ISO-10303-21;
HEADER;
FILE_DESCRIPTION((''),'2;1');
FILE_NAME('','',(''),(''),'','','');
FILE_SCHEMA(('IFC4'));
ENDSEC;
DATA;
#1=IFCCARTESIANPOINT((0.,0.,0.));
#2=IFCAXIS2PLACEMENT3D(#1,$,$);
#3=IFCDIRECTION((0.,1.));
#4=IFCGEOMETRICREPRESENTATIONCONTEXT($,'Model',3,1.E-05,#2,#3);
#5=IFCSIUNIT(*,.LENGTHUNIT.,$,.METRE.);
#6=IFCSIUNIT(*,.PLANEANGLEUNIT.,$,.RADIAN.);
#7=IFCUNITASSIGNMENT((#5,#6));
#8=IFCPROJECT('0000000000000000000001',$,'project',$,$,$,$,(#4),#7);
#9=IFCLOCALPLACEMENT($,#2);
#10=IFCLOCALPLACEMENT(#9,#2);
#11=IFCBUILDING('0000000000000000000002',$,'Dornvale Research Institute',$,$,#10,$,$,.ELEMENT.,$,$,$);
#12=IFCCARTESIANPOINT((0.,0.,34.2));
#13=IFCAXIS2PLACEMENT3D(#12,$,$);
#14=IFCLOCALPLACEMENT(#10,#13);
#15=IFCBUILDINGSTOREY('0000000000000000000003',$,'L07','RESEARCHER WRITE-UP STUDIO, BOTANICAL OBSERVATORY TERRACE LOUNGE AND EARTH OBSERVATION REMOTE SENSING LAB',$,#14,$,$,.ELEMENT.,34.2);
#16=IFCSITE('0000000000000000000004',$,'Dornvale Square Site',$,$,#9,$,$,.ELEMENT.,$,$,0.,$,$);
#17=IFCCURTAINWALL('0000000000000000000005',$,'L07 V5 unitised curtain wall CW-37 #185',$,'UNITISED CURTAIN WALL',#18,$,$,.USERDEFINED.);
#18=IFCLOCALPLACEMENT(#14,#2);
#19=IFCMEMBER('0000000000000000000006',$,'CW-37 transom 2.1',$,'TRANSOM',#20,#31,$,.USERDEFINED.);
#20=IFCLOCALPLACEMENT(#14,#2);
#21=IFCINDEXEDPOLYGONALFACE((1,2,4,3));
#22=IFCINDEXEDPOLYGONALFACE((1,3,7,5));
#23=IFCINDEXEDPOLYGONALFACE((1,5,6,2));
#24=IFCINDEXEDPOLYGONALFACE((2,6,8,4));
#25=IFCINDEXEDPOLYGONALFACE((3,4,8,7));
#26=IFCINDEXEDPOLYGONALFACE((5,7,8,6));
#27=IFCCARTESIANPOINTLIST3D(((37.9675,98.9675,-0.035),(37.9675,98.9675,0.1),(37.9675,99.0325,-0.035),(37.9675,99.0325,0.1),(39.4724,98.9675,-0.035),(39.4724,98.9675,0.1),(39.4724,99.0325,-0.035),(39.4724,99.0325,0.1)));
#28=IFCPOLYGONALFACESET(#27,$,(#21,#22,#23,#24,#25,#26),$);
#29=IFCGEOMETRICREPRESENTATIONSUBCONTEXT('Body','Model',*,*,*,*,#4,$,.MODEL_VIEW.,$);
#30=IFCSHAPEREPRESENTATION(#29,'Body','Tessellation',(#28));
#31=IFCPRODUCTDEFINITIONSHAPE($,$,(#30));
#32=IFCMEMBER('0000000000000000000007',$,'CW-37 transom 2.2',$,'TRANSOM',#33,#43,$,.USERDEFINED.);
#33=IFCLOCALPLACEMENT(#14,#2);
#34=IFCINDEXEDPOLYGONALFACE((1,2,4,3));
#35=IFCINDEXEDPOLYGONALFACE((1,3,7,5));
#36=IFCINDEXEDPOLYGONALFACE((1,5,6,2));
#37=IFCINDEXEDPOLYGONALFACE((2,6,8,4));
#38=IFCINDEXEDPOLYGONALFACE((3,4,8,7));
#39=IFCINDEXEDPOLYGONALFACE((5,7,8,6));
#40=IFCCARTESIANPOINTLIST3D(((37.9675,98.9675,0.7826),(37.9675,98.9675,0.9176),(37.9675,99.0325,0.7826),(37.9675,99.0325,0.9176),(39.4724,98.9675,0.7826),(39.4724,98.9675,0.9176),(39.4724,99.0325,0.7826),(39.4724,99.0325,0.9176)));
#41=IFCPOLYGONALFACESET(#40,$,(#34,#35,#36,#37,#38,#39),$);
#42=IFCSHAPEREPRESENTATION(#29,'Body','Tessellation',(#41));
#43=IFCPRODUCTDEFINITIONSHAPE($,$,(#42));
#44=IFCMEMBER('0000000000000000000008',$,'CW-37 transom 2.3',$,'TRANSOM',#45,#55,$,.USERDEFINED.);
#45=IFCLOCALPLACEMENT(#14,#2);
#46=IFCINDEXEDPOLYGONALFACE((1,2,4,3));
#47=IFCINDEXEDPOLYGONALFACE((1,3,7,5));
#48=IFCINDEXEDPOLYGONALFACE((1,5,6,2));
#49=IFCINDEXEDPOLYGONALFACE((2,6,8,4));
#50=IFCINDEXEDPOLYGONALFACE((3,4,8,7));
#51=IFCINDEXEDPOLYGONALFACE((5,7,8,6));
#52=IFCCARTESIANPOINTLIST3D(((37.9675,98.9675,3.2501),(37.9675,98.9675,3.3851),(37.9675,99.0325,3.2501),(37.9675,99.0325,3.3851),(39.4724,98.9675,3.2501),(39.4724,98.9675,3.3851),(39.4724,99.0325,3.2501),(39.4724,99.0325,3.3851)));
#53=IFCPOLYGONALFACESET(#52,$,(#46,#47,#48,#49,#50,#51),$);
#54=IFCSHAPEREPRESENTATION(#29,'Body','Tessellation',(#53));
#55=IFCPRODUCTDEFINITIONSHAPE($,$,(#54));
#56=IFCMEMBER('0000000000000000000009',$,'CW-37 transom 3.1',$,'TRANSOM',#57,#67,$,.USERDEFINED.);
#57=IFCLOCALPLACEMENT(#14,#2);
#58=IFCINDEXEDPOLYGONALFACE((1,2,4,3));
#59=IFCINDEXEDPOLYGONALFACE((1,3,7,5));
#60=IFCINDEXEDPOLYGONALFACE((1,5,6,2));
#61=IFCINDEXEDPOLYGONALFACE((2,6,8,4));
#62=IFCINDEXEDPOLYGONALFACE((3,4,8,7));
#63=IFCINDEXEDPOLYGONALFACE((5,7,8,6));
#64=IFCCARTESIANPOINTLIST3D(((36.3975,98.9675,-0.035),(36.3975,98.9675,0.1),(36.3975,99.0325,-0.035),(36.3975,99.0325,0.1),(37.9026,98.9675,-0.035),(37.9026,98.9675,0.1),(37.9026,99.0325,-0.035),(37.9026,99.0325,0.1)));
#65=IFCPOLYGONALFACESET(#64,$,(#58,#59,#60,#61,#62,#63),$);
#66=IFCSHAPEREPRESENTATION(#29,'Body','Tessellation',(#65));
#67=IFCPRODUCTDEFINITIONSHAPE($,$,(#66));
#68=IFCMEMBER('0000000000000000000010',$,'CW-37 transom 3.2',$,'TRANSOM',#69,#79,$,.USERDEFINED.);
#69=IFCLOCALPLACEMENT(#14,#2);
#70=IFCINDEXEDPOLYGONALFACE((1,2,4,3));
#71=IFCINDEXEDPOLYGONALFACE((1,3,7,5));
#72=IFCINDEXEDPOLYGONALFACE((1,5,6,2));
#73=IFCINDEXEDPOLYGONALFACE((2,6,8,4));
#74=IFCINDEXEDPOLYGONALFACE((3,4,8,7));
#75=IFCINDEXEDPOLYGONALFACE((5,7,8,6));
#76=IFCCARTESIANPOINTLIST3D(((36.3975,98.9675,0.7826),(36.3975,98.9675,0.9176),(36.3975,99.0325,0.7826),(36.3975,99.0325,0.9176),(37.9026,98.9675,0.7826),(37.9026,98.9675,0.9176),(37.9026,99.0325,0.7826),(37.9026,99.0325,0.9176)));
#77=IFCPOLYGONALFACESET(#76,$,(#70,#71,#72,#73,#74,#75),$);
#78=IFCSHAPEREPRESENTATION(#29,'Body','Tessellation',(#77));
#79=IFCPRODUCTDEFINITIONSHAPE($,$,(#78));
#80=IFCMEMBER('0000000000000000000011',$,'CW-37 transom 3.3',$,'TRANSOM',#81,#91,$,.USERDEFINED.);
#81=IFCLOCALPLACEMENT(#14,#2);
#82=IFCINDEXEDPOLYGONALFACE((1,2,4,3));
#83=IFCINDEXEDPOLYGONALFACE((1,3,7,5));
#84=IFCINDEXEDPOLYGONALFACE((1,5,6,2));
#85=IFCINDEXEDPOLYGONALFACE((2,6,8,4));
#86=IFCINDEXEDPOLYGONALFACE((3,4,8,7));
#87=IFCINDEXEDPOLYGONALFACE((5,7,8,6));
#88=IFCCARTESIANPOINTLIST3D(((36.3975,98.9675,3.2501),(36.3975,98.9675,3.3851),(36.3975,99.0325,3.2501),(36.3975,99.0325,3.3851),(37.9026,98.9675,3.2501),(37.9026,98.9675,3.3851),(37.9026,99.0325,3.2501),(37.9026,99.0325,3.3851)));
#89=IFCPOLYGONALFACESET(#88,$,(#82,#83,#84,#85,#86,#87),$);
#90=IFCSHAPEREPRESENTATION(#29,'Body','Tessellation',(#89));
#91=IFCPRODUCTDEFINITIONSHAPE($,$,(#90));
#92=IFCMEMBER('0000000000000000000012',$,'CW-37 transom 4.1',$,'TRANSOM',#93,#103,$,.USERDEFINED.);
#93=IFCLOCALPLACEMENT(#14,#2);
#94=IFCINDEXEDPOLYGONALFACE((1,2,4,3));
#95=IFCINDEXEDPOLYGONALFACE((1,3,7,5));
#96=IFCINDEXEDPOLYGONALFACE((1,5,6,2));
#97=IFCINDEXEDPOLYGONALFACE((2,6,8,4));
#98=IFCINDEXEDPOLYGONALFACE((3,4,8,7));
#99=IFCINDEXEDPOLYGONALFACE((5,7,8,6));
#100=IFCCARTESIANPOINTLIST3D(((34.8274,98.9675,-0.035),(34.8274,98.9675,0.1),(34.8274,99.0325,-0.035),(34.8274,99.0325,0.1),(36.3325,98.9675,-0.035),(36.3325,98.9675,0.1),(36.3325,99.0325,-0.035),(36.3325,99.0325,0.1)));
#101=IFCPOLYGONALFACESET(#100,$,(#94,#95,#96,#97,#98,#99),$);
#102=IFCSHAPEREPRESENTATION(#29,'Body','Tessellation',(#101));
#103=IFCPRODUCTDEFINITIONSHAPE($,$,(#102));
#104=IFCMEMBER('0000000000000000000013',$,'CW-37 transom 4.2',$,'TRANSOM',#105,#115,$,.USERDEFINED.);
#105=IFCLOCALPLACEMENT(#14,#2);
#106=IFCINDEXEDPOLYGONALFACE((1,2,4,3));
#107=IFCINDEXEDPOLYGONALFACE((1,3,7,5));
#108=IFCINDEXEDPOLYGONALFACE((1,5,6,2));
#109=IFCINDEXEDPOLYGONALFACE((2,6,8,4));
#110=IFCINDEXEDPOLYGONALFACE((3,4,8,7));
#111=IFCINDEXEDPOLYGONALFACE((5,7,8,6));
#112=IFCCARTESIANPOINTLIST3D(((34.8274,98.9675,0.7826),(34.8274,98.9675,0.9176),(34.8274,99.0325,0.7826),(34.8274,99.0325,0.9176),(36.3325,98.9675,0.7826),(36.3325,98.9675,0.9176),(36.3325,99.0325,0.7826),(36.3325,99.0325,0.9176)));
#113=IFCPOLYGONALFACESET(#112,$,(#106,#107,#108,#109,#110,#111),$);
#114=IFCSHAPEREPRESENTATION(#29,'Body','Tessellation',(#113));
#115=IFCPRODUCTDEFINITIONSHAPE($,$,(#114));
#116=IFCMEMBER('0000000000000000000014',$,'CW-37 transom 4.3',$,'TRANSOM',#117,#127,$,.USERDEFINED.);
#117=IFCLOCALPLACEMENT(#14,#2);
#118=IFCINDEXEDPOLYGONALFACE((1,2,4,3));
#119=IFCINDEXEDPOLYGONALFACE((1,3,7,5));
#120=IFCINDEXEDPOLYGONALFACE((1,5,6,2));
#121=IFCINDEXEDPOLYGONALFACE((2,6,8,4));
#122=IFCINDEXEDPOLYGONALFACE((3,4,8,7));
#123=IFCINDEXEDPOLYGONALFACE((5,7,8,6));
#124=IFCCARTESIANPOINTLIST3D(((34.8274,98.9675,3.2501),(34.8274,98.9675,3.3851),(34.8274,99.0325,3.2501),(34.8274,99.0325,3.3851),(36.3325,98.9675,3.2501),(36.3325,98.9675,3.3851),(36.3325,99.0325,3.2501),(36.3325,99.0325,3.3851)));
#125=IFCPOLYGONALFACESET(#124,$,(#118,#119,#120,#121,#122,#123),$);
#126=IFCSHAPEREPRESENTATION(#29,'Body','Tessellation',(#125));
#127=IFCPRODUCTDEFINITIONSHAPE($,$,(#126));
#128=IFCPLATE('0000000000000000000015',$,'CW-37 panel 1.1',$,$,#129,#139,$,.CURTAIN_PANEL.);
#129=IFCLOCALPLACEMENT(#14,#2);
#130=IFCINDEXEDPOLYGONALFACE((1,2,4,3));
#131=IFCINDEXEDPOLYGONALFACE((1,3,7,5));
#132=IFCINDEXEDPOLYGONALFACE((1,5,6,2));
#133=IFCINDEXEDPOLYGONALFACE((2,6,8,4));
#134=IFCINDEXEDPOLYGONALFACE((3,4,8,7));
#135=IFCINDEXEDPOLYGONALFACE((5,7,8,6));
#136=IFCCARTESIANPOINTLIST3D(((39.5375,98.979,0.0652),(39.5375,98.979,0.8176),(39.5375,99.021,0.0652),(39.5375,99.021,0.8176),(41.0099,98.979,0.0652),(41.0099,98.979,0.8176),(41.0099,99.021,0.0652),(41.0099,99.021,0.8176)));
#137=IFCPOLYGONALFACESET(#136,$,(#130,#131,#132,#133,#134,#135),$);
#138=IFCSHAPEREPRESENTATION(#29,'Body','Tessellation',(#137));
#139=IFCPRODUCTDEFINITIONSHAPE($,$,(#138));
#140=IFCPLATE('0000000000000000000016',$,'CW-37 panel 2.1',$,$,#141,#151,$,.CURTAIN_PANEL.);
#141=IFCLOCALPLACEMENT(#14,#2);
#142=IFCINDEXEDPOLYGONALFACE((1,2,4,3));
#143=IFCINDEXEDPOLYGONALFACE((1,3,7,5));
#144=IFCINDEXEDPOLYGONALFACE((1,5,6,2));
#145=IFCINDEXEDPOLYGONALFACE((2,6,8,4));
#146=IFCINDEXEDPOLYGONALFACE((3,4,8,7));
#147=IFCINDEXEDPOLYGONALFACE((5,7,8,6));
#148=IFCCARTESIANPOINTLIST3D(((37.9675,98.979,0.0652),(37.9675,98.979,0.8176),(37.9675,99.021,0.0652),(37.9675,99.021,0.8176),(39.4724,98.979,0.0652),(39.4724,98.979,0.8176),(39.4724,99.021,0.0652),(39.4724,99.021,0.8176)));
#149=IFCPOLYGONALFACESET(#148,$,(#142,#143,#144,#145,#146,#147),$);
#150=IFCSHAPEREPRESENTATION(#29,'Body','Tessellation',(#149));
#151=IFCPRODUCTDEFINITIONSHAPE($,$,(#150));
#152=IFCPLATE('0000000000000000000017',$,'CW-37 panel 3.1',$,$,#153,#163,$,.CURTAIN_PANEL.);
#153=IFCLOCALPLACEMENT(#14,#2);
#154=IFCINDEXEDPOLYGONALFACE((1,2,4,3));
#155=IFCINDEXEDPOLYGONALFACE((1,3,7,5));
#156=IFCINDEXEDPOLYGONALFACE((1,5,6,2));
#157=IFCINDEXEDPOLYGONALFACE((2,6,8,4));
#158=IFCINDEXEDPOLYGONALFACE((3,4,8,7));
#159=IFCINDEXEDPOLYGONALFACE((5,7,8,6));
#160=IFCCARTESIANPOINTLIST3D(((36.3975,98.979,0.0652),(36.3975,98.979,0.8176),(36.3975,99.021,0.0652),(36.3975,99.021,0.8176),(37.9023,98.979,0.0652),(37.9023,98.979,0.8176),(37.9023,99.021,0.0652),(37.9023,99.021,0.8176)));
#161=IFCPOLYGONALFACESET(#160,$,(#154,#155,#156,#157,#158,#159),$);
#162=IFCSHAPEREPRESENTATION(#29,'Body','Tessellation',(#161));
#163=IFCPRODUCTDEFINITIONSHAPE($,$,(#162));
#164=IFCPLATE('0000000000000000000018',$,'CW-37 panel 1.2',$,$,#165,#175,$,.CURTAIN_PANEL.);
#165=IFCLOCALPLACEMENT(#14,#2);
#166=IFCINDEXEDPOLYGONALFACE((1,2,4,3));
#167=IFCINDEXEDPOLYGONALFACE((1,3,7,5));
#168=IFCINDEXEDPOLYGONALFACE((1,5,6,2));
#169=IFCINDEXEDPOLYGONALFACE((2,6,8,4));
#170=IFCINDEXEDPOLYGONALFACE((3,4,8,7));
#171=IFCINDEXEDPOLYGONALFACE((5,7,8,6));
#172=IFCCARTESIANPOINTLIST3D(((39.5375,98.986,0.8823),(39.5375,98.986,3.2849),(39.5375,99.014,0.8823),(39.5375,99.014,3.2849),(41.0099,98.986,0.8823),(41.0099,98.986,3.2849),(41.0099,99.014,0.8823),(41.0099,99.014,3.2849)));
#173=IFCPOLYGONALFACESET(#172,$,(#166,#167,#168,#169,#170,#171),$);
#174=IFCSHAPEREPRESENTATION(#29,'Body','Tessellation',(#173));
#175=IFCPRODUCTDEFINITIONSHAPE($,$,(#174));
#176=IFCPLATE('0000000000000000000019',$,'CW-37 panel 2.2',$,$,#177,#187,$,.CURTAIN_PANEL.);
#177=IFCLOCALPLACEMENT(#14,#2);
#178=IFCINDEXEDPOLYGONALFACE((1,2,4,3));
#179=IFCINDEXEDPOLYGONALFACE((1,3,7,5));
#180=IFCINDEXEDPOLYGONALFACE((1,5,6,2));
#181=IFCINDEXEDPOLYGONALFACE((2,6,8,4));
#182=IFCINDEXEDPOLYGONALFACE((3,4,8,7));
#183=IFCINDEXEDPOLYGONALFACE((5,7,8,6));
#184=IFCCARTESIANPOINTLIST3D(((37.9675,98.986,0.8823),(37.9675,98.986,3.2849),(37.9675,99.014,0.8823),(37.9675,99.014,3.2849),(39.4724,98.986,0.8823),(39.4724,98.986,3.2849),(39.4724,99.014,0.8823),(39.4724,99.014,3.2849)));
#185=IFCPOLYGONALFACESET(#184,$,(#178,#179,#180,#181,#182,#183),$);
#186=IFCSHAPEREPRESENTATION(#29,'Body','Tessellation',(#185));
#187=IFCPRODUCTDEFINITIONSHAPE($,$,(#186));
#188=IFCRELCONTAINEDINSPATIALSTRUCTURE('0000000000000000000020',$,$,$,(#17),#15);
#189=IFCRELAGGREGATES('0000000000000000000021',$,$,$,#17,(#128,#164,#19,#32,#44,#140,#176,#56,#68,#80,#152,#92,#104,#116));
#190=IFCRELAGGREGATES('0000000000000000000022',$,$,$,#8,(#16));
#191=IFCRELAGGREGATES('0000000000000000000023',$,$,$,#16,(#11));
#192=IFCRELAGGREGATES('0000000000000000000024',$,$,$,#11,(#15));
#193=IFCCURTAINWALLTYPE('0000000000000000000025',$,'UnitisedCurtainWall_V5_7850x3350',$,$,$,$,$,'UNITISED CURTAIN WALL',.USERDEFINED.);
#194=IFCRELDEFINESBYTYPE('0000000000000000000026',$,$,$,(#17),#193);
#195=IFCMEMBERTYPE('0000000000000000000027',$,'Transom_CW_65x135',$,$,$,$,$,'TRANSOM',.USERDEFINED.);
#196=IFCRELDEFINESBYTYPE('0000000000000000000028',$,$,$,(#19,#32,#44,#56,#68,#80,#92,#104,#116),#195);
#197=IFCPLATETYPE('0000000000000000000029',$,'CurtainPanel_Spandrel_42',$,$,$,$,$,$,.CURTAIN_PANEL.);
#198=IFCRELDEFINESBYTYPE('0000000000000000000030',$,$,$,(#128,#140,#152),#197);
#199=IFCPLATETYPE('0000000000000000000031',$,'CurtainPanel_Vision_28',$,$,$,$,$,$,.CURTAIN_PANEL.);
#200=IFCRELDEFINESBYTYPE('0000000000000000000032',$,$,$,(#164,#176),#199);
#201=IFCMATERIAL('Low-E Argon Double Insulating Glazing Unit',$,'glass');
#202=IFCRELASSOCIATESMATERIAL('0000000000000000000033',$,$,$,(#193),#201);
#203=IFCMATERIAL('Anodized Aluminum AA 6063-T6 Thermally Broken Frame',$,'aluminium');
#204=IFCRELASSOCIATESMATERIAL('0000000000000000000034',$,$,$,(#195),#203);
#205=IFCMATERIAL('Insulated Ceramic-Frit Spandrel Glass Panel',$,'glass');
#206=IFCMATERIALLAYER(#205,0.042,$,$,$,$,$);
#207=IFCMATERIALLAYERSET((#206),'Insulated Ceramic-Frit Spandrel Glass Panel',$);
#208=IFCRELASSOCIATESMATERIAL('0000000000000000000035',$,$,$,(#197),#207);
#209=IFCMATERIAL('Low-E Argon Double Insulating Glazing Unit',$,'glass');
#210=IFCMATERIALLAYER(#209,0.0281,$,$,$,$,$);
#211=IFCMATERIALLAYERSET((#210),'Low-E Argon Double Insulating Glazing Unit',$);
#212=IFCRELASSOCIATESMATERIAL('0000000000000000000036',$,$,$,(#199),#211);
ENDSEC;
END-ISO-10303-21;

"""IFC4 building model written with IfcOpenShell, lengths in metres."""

from ifc_helpers import new_model, si_unit, direction, frame, origin, origin_2d, place, context, subcontext, project, spatial, rectangle, extrude, material, layer, layer_set, material_profile, profile_set, type_object, element, aggregate, save


model = new_model("IFC4")

# Units and contexts
model_context = context("Model", 3, precision=1e-05, world=origin(), true_north=direction((0.0, 1.0)))
body_context = subcontext(model_context, "Body", "Model", "MODEL_VIEW")
ifc_project = project(units=[si_unit("LENGTHUNIT", "METRE"), si_unit("PLANEANGLEUNIT", "RADIAN")], contexts=[model_context])

# Site, building, storey
site_placement = place(None, origin())
site = spatial("IfcSite", under=ifc_project, at=site_placement, Name="Dornvale Square Site", CompositionType="ELEMENT", RefElevation=0.0)
building_placement = place(site_placement, origin())
building = spatial("IfcBuilding", under=site, at=building_placement, Name="Dornvale Research Institute", CompositionType="ELEMENT")
storey_placement = place(building_placement, frame((0.0, 0.0, 34.2)))
storey = spatial("IfcBuildingStorey", under=building, at=storey_placement, Name="L07", Description="RESEARCHER WRITE-UP STUDIO, BOTANICAL OBSERVATORY TERRACE LOUNGE AND EARTH OBSERVATION REMOTE SENSING LAB", CompositionType="ELEMENT", Elevation=34.2)

# Curtain wall
ifc_material_1 = material(Name="Low-E Argon Double Insulating Glazing Unit", Category="glass")
curtain_wall_type = type_object("IfcCurtainWallType", Name="UnitisedCurtainWall_V5_7850x3350", ElementType="UNITISED CURTAIN WALL", PredefinedType="USERDEFINED", material=ifc_material_1)
curtain_wall_placement = place(storey_placement, origin())
curtain_wall = element("IfcCurtainWall", 1, at=curtain_wall_placement, inside=storey, type_object=curtain_wall_type, Name="L07 V5 unitised curtain wall CW-37 #185", ObjectType="UNITISED CURTAIN WALL", PredefinedType="USERDEFINED")

# Members
ifc_material_2 = material(Name="Anodized Aluminum AA 6063-T6 Thermally Broken Frame", Category="aluminium")
ifc_material_profile_1 = material_profile(ifc_material_2, rectangle(XDim=0.0649, YDim=0.135, at=origin_2d()), Name="ALU TRANSOM 65x135")
ifc_profile_set_1 = profile_set([ifc_material_profile_1], Name="Anodized Aluminum AA 6063-T6 Thermally Broken Frame")
member_type_1 = type_object("IfcMemberType", Name="Transom_CW_65x135", ElementType="TRANSOM", PredefinedType="USERDEFINED", material=ifc_profile_set_1)
member_1_placement = place(storey_placement, frame((39.4724, 99.0, 0.0325), z_axis=(-1.0, 0.0, 0.0), x_axis=(0.0, -1.0, 0.0)))
member_1 = element("IfcMember", 2, at=member_1_placement, type_object=member_type_1, Name="CW-37 transom 2.1", ObjectType="TRANSOM", PredefinedType="USERDEFINED", context=body_context, shape_type="SweptSolid", body=[
    extrude(rectangle(XDim=0.0649, YDim=0.135, at=origin_2d()), origin(), (0.0, 0.0, 1.0), 1.5049),
])
member_2_placement = place(storey_placement, frame((39.4724, 99.0, 0.8501), z_axis=(-1.0, 0.0, 0.0), x_axis=(0.0, -1.0, 0.0)))
member_2 = element("IfcMember", 3, at=member_2_placement, type_object=member_type_1, Name="CW-37 transom 2.2", ObjectType="TRANSOM", PredefinedType="USERDEFINED", context=body_context, shape_type="SweptSolid", body=[
    extrude(rectangle(XDim=0.0649, YDim=0.135, at=origin_2d()), origin(), (0.0, 0.0, 1.0), 1.5049),
])
member_3_placement = place(storey_placement, frame((39.4724, 99.0, 3.3176), z_axis=(-1.0, 0.0, 0.0), x_axis=(0.0, -1.0, 0.0)))
member_3 = element("IfcMember", 4, at=member_3_placement, type_object=member_type_1, Name="CW-37 transom 2.3", ObjectType="TRANSOM", PredefinedType="USERDEFINED", context=body_context, shape_type="SweptSolid", body=[
    extrude(rectangle(XDim=0.0649, YDim=0.135, at=origin_2d()), origin(), (0.0, 0.0, 1.0), 1.5049),
])
member_4_placement = place(storey_placement, frame((37.9026, 99.0, 0.0325), z_axis=(-1.0, 0.0, 0.0), x_axis=(0.0, -1.0, 0.0)))
member_4 = element("IfcMember", 5, at=member_4_placement, type_object=member_type_1, Name="CW-37 transom 3.1", ObjectType="TRANSOM", PredefinedType="USERDEFINED", context=body_context, shape_type="SweptSolid", body=[
    extrude(rectangle(XDim=0.0649, YDim=0.135, at=origin_2d()), origin(), (0.0, 0.0, 1.0), 1.5051),
])
member_5_placement = place(storey_placement, frame((37.9026, 99.0, 0.8501), z_axis=(-1.0, 0.0, 0.0), x_axis=(0.0, -1.0, 0.0)))
member_5 = element("IfcMember", 6, at=member_5_placement, type_object=member_type_1, Name="CW-37 transom 3.2", ObjectType="TRANSOM", PredefinedType="USERDEFINED", context=body_context, shape_type="SweptSolid", body=[
    extrude(rectangle(XDim=0.0649, YDim=0.135, at=origin_2d()), origin(), (0.0, 0.0, 1.0), 1.5051),
])
member_6_placement = place(storey_placement, frame((37.9026, 99.0, 3.3176), z_axis=(-1.0, 0.0, 0.0), x_axis=(0.0, -1.0, 0.0)))
member_6 = element("IfcMember", 7, at=member_6_placement, type_object=member_type_1, Name="CW-37 transom 3.3", ObjectType="TRANSOM", PredefinedType="USERDEFINED", context=body_context, shape_type="SweptSolid", body=[
    extrude(rectangle(XDim=0.0649, YDim=0.135, at=origin_2d()), origin(), (0.0, 0.0, 1.0), 1.5051),
])
member_7_placement = place(storey_placement, frame((36.3325, 99.0, 0.0325), z_axis=(-1.0, 0.0, 0.0), x_axis=(0.0, -1.0, 0.0)))
member_7 = element("IfcMember", 8, at=member_7_placement, type_object=member_type_1, Name="CW-37 transom 4.1", ObjectType="TRANSOM", PredefinedType="USERDEFINED", context=body_context, shape_type="SweptSolid", body=[
    extrude(rectangle(XDim=0.0649, YDim=0.135, at=origin_2d()), origin(), (0.0, 0.0, 1.0), 1.5051),
])
member_8_placement = place(storey_placement, frame((36.3325, 99.0, 0.8501), z_axis=(-1.0, 0.0, 0.0), x_axis=(0.0, -1.0, 0.0)))
member_8 = element("IfcMember", 9, at=member_8_placement, type_object=member_type_1, Name="CW-37 transom 4.2", ObjectType="TRANSOM", PredefinedType="USERDEFINED", context=body_context, shape_type="SweptSolid", body=[
    extrude(rectangle(XDim=0.0649, YDim=0.135, at=origin_2d()), origin(), (0.0, 0.0, 1.0), 1.5051),
])
member_9_placement = place(storey_placement, frame((36.3325, 99.0, 3.3176), z_axis=(-1.0, 0.0, 0.0), x_axis=(0.0, -1.0, 0.0)))
member_9 = element("IfcMember", 10, at=member_9_placement, type_object=member_type_1, Name="CW-37 transom 4.3", ObjectType="TRANSOM", PredefinedType="USERDEFINED", context=body_context, shape_type="SweptSolid", body=[
    extrude(rectangle(XDim=0.0649, YDim=0.135, at=origin_2d()), origin(), (0.0, 0.0, 1.0), 1.5051),
])

# Plates
ifc_material_3 = material(Name="Insulated Ceramic-Frit Spandrel Glass Panel", Category="glass")
ifc_layer_1 = layer(ifc_material_3, 0.042)
ifc_layer_set_1 = layer_set([ifc_layer_1], Name="Insulated Ceramic-Frit Spandrel Glass Panel")
plate_type_1 = type_object("IfcPlateType", Name="CurtainPanel_Spandrel_42", PredefinedType="CURTAIN_PANEL", material=ifc_layer_set_1)
plate_1_placement = place(storey_placement, frame((40.2737, 99.0, 0.0652), z_axis=(0.0, 0.0, 1.0), x_axis=(-1.0, 0.0, 0.0)))
plate_1 = element("IfcPlate", 11, at=plate_1_placement, type_object=plate_type_1, Name="CW-37 panel 1.1", PredefinedType="CURTAIN_PANEL", context=body_context, shape_type="SweptSolid", body=[
    extrude(rectangle(XDim=1.4724, YDim=0.042, at=origin_2d()), origin(), (0.0, 0.0, 1.0), 0.7524),
])
plate_2_placement = place(storey_placement, frame((38.72, 99.0, 0.0652), z_axis=(0.0, 0.0, 1.0), x_axis=(-1.0, 0.0, 0.0)))
plate_2 = element("IfcPlate", 12, at=plate_2_placement, type_object=plate_type_1, Name="CW-37 panel 2.1", PredefinedType="CURTAIN_PANEL", context=body_context, shape_type="SweptSolid", body=[
    extrude(rectangle(XDim=1.5049, YDim=0.042, at=origin_2d()), origin(), (0.0, 0.0, 1.0), 0.7524),
])
plate_3_placement = place(storey_placement, frame((37.1499, 99.0, 0.0652), z_axis=(0.0, 0.0, 1.0), x_axis=(-1.0, 0.0, 0.0)))
plate_3 = element("IfcPlate", 13, at=plate_3_placement, type_object=plate_type_1, Name="CW-37 panel 3.1", PredefinedType="CURTAIN_PANEL", context=body_context, shape_type="SweptSolid", body=[
    extrude(rectangle(XDim=1.5049, YDim=0.042, at=origin_2d()), origin(), (0.0, 0.0, 1.0), 0.7524),
])
ifc_material_4 = material(Name="Low-E Argon Double Insulating Glazing Unit", Category="glass")
ifc_layer_2 = layer(ifc_material_4, 0.0281)
ifc_layer_set_2 = layer_set([ifc_layer_2], Name="Low-E Argon Double Insulating Glazing Unit")
plate_type_2 = type_object("IfcPlateType", Name="CurtainPanel_Vision_28", PredefinedType="CURTAIN_PANEL", material=ifc_layer_set_2)
plate_4_placement = place(storey_placement, frame((40.2737, 99.0, 0.8823), z_axis=(0.0, 0.0, 1.0), x_axis=(-1.0, 0.0, 0.0)))
plate_4 = element("IfcPlate", 14, at=plate_4_placement, type_object=plate_type_2, Name="CW-37 panel 1.2", PredefinedType="CURTAIN_PANEL", context=body_context, shape_type="SweptSolid", body=[
    extrude(rectangle(XDim=1.4724, YDim=0.0281, at=origin_2d()), origin(), (0.0, 0.0, 1.0), 2.4026),
])
plate_5_placement = place(storey_placement, frame((38.72, 99.0, 0.8823), z_axis=(0.0, 0.0, 1.0), x_axis=(-1.0, 0.0, 0.0)))
plate_5 = element("IfcPlate", 15, at=plate_5_placement, type_object=plate_type_2, Name="CW-37 panel 2.2", PredefinedType="CURTAIN_PANEL", context=body_context, shape_type="SweptSolid", body=[
    extrude(rectangle(XDim=1.5049, YDim=0.0281, at=origin_2d()), origin(), (0.0, 0.0, 1.0), 2.4026),
])
aggregate(curtain_wall, [plate_1, plate_4, member_1, member_2, member_3, plate_2, plate_5, member_4, member_5, member_6, plate_3, member_7, member_8, member_9])

save(model, "model.ifc")
